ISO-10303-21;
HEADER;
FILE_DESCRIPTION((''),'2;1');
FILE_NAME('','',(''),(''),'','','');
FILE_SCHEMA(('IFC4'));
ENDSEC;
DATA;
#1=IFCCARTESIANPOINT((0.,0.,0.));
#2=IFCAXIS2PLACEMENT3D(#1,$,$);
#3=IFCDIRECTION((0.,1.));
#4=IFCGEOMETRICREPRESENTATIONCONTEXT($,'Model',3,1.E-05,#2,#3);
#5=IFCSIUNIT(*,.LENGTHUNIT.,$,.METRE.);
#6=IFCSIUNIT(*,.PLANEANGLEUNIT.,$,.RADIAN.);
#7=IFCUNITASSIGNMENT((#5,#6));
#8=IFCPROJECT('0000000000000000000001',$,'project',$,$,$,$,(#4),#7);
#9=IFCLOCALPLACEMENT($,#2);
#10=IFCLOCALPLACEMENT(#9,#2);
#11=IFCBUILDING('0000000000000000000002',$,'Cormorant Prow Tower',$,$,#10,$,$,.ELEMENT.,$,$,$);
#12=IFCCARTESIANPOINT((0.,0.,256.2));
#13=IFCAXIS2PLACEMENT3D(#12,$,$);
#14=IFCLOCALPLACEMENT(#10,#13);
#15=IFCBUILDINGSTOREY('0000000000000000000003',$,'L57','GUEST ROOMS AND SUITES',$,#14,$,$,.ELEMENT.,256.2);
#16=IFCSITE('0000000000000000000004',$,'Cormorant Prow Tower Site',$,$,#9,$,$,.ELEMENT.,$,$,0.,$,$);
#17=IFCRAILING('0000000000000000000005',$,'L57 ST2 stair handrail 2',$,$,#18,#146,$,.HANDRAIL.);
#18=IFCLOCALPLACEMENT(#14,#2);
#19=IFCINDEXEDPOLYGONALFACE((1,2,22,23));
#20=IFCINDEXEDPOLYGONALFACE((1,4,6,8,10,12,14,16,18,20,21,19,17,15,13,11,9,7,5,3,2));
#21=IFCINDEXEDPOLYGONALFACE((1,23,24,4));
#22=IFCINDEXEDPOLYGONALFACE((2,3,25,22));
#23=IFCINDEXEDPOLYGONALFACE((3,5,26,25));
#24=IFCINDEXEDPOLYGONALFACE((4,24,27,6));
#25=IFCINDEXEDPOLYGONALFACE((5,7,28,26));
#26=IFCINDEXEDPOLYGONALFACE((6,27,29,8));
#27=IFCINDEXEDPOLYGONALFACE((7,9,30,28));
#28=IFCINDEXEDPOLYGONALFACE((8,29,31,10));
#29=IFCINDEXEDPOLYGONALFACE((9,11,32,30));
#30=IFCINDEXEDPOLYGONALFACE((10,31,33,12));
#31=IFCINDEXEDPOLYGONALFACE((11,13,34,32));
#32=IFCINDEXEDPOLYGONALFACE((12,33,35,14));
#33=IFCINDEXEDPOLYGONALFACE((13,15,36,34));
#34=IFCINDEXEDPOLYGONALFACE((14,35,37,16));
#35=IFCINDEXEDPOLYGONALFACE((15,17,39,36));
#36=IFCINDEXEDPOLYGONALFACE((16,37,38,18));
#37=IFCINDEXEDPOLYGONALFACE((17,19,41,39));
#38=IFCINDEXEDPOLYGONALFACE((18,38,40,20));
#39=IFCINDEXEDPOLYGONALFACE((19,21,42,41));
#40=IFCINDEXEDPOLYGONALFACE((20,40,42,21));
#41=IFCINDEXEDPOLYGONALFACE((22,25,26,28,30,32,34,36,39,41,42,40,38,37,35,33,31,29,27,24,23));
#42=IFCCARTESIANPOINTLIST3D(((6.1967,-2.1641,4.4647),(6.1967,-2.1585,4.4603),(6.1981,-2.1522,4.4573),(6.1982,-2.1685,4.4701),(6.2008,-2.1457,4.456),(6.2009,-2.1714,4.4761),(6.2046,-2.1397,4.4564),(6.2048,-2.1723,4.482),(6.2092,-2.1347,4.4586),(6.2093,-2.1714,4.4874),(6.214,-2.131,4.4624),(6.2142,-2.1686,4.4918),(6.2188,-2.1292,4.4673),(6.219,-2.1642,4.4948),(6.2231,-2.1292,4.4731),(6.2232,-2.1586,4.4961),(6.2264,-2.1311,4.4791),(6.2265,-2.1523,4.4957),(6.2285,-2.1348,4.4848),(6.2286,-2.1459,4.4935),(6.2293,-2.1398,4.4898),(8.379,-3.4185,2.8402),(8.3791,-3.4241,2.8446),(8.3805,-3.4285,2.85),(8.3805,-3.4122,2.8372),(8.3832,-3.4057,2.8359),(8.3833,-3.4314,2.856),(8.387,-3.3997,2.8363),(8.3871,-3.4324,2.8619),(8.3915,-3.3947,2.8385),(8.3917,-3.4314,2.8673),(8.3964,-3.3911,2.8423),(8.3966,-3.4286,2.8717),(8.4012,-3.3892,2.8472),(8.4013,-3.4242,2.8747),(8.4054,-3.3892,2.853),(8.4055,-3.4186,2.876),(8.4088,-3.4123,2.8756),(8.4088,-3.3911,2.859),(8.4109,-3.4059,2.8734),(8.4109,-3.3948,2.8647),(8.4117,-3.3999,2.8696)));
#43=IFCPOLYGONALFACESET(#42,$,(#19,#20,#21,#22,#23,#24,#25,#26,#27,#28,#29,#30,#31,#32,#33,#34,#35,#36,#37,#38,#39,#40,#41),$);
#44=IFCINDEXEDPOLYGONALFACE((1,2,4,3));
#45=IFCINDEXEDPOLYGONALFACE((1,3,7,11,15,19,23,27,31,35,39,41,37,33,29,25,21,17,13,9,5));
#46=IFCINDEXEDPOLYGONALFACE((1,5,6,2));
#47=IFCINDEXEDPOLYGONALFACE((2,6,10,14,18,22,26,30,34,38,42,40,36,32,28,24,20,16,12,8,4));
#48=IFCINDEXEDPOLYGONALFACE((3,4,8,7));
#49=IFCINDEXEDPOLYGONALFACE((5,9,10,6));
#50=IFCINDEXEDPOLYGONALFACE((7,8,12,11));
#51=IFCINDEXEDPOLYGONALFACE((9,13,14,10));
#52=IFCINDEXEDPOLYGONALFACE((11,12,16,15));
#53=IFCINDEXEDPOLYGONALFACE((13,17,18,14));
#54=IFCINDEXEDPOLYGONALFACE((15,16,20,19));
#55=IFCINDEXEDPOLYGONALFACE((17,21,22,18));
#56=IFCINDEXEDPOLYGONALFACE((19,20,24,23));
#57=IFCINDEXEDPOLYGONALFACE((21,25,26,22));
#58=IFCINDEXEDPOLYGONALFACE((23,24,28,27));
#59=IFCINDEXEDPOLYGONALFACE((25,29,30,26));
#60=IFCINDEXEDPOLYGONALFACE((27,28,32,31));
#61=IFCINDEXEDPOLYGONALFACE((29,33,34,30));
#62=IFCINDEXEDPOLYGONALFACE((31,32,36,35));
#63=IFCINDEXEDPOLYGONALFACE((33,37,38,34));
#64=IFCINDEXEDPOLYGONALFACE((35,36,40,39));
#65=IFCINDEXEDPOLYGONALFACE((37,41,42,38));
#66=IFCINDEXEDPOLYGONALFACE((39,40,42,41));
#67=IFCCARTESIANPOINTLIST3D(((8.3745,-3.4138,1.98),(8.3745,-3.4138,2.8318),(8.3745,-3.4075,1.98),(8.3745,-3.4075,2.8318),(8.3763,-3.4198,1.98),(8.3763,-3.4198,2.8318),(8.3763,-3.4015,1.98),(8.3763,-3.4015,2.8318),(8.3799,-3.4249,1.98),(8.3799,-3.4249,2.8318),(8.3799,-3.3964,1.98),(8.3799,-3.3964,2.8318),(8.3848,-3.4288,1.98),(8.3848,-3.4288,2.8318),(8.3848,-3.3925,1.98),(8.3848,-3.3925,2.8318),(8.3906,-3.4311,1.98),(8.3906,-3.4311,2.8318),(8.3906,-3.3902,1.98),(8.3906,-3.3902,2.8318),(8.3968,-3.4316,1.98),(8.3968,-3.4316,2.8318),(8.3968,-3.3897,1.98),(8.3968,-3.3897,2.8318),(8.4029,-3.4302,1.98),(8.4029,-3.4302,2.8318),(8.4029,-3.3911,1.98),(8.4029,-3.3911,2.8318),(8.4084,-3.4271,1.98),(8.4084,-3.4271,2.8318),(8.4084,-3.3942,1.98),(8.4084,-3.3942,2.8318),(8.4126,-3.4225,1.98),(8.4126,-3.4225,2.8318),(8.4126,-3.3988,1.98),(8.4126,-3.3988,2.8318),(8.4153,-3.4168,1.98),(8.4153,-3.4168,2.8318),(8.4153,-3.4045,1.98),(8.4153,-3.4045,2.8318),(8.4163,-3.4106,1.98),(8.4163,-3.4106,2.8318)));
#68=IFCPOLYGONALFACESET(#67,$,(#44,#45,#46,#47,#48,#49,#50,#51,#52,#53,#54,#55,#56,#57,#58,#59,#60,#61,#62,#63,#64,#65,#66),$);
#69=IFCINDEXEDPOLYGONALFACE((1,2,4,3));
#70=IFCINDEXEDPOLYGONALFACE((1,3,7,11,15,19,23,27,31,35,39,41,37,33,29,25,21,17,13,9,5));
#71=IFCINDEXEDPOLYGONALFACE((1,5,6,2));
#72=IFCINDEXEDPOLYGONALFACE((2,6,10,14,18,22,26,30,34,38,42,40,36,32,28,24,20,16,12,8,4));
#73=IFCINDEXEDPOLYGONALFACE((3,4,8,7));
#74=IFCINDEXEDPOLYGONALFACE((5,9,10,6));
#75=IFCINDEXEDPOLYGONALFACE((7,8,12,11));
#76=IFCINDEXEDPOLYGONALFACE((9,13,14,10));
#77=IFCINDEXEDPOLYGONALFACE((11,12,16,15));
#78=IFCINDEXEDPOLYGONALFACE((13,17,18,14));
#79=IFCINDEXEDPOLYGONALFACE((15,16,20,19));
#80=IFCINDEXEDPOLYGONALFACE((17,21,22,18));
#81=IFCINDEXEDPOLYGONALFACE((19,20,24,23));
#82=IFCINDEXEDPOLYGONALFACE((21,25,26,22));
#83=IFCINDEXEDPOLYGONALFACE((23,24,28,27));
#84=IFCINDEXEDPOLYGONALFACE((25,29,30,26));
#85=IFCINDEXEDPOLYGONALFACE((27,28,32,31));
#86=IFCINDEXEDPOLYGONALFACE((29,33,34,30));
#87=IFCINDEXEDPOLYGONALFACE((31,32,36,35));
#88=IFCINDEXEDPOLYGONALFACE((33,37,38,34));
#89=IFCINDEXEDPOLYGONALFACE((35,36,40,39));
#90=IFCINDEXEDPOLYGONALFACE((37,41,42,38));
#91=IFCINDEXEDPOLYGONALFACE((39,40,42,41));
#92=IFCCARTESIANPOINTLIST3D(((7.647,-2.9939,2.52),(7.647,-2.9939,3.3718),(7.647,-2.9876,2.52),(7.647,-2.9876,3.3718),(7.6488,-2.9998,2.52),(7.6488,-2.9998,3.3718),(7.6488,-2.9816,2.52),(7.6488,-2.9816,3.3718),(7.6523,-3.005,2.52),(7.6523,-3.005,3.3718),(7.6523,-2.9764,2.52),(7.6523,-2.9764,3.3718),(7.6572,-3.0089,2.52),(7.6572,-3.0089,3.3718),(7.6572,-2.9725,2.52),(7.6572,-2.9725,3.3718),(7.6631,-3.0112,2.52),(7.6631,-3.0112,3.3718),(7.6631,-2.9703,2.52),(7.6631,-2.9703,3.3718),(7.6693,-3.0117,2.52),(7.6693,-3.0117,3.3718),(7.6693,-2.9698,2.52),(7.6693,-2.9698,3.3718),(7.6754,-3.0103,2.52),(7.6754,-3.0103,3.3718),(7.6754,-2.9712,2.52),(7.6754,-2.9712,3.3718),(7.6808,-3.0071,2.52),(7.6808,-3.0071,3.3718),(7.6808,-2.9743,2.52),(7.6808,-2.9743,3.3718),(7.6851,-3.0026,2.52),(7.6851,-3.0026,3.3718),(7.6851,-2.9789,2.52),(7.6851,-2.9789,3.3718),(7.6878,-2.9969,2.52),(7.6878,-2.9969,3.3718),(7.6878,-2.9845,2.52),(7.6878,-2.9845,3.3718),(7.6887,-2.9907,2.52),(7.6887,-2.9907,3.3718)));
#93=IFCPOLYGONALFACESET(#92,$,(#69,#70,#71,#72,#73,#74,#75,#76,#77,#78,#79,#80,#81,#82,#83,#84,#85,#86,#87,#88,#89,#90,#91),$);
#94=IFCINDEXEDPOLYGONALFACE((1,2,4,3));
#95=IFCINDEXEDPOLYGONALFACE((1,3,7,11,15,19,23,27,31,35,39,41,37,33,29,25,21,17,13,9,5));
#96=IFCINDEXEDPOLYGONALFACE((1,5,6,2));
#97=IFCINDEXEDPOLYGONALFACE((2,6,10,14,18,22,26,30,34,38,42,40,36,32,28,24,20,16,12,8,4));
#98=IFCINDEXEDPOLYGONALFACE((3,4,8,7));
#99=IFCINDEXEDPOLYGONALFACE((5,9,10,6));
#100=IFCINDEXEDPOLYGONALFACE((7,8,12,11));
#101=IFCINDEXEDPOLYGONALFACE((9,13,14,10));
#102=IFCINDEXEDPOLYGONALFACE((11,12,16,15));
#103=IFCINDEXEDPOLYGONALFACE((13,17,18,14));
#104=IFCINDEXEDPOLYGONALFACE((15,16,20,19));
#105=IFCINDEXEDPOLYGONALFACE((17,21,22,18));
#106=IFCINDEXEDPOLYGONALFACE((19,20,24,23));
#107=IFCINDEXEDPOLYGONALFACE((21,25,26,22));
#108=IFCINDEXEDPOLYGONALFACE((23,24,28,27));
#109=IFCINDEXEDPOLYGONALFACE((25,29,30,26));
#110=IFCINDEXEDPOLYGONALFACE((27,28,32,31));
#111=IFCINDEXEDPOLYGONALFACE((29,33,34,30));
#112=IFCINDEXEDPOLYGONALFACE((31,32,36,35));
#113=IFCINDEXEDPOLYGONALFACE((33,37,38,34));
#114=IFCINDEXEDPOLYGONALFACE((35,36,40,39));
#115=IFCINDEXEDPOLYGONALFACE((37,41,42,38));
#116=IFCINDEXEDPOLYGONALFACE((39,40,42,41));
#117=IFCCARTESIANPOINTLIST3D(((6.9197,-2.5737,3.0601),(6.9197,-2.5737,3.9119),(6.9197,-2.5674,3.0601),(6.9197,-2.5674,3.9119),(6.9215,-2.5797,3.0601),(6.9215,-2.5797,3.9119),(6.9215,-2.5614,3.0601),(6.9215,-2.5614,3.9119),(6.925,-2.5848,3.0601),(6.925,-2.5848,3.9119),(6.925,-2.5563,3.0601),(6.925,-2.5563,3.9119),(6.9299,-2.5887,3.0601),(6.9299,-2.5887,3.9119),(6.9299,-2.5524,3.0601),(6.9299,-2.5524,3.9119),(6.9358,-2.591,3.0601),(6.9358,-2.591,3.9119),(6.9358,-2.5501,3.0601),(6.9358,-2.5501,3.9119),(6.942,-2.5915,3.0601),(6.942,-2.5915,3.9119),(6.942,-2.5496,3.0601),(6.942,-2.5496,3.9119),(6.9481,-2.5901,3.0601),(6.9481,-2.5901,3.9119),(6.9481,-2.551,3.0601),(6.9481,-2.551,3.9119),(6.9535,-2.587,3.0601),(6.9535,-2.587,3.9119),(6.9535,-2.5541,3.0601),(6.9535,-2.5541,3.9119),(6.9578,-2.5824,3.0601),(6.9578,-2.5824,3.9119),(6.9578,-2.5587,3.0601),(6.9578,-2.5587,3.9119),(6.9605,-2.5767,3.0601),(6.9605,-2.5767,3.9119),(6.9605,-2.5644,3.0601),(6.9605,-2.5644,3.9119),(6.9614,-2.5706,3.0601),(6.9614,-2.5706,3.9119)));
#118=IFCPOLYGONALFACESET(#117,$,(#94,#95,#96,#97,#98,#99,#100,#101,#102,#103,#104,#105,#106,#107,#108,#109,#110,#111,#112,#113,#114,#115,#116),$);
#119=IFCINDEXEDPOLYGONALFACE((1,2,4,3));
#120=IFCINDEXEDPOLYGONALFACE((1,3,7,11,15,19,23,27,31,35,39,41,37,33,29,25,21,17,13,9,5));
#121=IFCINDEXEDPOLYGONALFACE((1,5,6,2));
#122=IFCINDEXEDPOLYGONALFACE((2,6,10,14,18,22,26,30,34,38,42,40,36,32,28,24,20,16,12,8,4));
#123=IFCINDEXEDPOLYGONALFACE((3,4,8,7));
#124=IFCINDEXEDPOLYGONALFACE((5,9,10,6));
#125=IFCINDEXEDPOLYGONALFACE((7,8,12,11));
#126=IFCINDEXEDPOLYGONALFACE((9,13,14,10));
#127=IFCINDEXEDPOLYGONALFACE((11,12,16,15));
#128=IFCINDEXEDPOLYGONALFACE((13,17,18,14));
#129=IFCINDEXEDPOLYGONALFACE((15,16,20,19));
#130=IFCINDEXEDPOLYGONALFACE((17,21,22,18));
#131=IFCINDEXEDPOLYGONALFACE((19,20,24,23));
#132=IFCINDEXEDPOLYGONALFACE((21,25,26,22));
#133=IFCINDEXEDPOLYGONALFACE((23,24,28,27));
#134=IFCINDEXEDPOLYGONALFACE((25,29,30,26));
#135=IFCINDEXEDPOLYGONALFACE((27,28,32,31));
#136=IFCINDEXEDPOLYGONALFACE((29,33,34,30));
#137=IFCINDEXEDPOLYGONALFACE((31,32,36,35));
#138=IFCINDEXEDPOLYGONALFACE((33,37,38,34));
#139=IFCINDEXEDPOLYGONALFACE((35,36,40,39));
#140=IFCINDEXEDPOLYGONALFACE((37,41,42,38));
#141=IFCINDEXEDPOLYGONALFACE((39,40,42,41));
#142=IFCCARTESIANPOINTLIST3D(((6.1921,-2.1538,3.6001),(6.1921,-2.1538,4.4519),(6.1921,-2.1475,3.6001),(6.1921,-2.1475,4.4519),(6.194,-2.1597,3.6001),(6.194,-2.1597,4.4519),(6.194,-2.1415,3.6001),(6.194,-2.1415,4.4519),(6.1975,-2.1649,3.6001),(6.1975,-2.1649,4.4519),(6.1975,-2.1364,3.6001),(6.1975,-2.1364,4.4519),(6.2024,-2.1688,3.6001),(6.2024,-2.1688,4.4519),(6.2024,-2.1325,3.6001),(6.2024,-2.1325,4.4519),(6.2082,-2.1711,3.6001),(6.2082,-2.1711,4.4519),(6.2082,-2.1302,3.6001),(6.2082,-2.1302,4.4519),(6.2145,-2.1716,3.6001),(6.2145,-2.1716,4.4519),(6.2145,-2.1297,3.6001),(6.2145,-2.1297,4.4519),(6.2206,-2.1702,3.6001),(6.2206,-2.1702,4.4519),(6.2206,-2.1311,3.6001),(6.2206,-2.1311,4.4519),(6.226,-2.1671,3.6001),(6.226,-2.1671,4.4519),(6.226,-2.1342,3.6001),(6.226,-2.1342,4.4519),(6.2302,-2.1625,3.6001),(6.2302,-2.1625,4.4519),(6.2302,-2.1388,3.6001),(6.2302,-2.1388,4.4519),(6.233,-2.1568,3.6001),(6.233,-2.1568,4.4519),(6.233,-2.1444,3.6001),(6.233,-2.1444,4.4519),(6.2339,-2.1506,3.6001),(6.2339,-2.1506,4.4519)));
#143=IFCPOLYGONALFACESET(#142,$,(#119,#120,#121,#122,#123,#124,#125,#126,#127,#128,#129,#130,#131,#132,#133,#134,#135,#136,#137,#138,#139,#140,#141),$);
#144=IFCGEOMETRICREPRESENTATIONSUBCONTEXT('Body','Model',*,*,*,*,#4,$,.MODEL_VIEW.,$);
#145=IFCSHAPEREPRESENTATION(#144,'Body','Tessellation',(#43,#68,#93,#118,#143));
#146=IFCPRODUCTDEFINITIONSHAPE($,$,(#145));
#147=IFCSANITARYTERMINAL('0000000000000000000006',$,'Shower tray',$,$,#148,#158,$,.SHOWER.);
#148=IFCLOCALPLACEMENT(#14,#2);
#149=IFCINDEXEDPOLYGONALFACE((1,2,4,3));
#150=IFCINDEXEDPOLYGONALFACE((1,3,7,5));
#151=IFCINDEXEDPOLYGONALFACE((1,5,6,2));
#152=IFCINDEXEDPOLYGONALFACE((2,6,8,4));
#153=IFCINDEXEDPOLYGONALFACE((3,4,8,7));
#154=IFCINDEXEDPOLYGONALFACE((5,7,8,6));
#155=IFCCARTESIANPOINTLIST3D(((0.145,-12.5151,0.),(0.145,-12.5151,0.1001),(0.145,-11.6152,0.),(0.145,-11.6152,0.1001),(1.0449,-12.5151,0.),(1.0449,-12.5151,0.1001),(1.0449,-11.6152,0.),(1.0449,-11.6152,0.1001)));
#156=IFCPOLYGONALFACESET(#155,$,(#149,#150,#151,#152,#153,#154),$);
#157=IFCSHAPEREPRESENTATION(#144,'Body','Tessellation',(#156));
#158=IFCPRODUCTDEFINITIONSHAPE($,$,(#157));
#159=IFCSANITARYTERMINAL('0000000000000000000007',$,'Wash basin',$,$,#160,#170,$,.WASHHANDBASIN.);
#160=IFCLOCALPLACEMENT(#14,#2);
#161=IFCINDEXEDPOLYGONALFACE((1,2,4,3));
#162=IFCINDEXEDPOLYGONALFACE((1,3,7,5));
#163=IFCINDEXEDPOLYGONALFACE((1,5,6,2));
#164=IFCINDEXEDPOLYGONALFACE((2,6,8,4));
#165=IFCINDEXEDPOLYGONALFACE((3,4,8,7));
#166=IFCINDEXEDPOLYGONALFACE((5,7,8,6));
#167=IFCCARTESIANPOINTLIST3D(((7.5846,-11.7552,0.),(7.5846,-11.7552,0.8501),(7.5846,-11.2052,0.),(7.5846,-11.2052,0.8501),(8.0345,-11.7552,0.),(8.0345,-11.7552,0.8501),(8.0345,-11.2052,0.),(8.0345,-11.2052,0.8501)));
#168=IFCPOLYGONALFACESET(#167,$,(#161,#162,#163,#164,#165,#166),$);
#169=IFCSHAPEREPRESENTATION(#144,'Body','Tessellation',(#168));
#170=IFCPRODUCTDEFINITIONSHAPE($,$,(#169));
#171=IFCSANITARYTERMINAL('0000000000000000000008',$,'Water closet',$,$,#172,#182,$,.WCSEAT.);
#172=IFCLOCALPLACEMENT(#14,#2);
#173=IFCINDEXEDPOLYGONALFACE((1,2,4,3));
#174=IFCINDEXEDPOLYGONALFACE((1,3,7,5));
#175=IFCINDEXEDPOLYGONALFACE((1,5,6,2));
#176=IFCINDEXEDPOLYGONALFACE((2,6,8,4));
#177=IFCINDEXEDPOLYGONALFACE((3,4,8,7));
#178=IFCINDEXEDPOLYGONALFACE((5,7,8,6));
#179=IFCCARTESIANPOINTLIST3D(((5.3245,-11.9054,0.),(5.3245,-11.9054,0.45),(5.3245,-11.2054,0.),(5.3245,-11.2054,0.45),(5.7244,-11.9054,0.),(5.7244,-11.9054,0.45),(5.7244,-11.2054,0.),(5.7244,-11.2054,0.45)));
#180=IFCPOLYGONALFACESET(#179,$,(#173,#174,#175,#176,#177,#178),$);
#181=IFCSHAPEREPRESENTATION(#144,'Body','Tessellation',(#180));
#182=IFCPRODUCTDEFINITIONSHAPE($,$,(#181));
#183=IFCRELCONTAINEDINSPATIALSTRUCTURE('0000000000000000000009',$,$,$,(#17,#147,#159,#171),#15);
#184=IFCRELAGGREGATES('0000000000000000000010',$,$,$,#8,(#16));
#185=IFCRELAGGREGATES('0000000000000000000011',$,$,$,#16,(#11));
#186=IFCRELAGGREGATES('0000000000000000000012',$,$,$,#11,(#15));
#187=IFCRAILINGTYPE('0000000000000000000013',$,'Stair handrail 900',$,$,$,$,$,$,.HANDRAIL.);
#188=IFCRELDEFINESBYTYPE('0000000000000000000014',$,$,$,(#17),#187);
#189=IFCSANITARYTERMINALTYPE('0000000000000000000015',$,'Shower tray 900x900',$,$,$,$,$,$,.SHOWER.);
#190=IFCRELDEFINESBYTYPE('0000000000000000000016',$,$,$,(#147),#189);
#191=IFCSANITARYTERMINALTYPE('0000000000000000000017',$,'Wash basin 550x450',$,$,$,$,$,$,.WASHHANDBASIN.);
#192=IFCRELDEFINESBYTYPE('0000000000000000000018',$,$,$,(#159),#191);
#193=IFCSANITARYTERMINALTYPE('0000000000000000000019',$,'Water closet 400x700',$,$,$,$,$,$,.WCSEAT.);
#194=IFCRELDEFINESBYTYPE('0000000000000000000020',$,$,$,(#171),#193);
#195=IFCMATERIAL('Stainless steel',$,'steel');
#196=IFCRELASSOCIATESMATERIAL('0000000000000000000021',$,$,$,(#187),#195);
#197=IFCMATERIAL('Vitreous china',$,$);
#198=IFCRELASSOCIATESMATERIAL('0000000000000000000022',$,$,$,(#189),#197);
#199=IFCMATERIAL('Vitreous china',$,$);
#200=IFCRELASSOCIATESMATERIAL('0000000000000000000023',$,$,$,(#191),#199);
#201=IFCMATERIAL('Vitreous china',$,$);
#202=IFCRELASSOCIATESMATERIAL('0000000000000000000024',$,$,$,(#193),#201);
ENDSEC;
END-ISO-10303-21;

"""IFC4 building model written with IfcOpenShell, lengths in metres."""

from ifc_helpers import new_model, si_unit, direction, frame, origin, origin_2d, place, context, subcontext, project, spatial, rectangle, circle, extrude, material, type_object, element, save


model = new_model("IFC4")

# Units and contexts
model_context = context("Model", 3, precision=1e-05, world=origin(), true_north=direction((0.0, 1.0)))
body_context = subcontext(model_context, "Body", "Model", "MODEL_VIEW")
ifc_project = project(units=[si_unit("LENGTHUNIT", "METRE"), si_unit("PLANEANGLEUNIT", "RADIAN")], contexts=[model_context])

# Site, building, storey
site_placement = place(None, origin())
site = spatial("IfcSite", under=ifc_project, at=site_placement, Name="Cormorant Prow Tower Site", CompositionType="ELEMENT", RefElevation=0.0)
building_placement = place(site_placement, origin())
building = spatial("IfcBuilding", under=site, at=building_placement, Name="Cormorant Prow Tower", CompositionType="ELEMENT")
storey_placement = place(building_placement, frame((0.0, 0.0, 256.2)))
storey = spatial("IfcBuildingStorey", under=building, at=storey_placement, Name="L57", Description="GUEST ROOMS AND SUITES", CompositionType="ELEMENT", Elevation=256.2)

# Railing
ifc_material_1 = material(Name="Stainless steel", Category="steel")
railing_type_1 = type_object("IfcRailingType", Name="Stair handrail 900", PredefinedType="HANDRAIL", material=ifc_material_1)
railing_1_placement = place(storey_placement, frame((8.3953, -3.4106, 1.98)))
element("IfcRailing", 1, at=railing_1_placement, inside=storey, type_object=railing_type_1, Name="L57 ST2 stair handrail 2", PredefinedType="HANDRAIL", context=body_context, shape_type="SweptSolid", body=[
    extrude(circle(Radius=0.0239, at=origin_2d()), frame((0.0, 0.0, 0.876), z_axis=(-0.728464, 0.420584, 0.540786), x_axis=(-0.500005, -0.866023, 0.0)), (0.0, 0.0, 1.0), 2.9958),
    extrude(circle(Radius=0.021, at=origin_2d()), origin(), (0.0, 0.0, 1.0), 0.8518),
    extrude(circle(Radius=0.021, at=origin_2d()), frame((-0.7275, 0.4199, 0.54)), (0.0, 0.0, 1.0), 0.8518),
    extrude(circle(Radius=0.021, at=origin_2d()), frame((-1.4548, 0.8401, 1.0801)), (0.0, 0.0, 1.0), 0.8518),
    extrude(circle(Radius=0.021, at=origin_2d()), frame((-2.1824, 1.26, 1.6201)), (0.0, 0.0, 1.0), 0.8518),
])

# Sanitary terminals
ifc_material_2 = material(Name="Vitreous china")
sanitary_terminal_type_1 = type_object("IfcSanitaryTerminalType", Name="Shower tray 900x900", PredefinedType="SHOWER", material=ifc_material_2)
sanitary_terminal_1_placement = place(storey_placement, frame((0.595, -12.0652, 0.0), z_axis=(0.0, 0.0, 1.0), x_axis=(1.0, 0.0, 0.0)))
element("IfcSanitaryTerminal", 2, at=sanitary_terminal_1_placement, inside=storey, type_object=sanitary_terminal_type_1, Name="Shower tray", PredefinedType="SHOWER", context=body_context, shape_type="SweptSolid", body=[
    extrude(rectangle(XDim=0.8999, YDim=0.8999, at=origin_2d()), origin(), (0.0, 0.0, 1.0), 0.1001),
])
ifc_material_3 = material(Name="Vitreous china")
sanitary_terminal_type_2 = type_object("IfcSanitaryTerminalType", Name="Wash basin 550x450", PredefinedType="WASHHANDBASIN", material=ifc_material_3)
sanitary_terminal_2_placement = place(storey_placement, frame((7.8096, -11.4802, 0.0), z_axis=(0.0, 0.0, 1.0), x_axis=(0.0, -1.0, 0.0)))
element("IfcSanitaryTerminal", 3, at=sanitary_terminal_2_placement, inside=storey, type_object=sanitary_terminal_type_2, Name="Wash basin", PredefinedType="WASHHANDBASIN", context=body_context, shape_type="SweptSolid", body=[
    extrude(rectangle(XDim=0.55, YDim=0.45, at=origin_2d()), origin(), (0.0, 0.0, 1.0), 0.8501),
])
ifc_material_4 = material(Name="Vitreous china")
sanitary_terminal_type_3 = type_object("IfcSanitaryTerminalType", Name="Water closet 400x700", PredefinedType="WCSEAT", material=ifc_material_4)
sanitary_terminal_3_placement = place(storey_placement, frame((5.5244, -11.5554, 0.0), z_axis=(0.0, 0.0, 1.0), x_axis=(1.0, 0.0, 0.0)))
element("IfcSanitaryTerminal", 4, at=sanitary_terminal_3_placement, inside=storey, type_object=sanitary_terminal_type_3, Name="Water closet", PredefinedType="WCSEAT", context=body_context, shape_type="SweptSolid", body=[
    extrude(rectangle(XDim=0.3999, YDim=0.7, at=origin_2d()), origin(), (0.0, 0.0, 1.0), 0.45),
])

save(model, "model.ifc")
